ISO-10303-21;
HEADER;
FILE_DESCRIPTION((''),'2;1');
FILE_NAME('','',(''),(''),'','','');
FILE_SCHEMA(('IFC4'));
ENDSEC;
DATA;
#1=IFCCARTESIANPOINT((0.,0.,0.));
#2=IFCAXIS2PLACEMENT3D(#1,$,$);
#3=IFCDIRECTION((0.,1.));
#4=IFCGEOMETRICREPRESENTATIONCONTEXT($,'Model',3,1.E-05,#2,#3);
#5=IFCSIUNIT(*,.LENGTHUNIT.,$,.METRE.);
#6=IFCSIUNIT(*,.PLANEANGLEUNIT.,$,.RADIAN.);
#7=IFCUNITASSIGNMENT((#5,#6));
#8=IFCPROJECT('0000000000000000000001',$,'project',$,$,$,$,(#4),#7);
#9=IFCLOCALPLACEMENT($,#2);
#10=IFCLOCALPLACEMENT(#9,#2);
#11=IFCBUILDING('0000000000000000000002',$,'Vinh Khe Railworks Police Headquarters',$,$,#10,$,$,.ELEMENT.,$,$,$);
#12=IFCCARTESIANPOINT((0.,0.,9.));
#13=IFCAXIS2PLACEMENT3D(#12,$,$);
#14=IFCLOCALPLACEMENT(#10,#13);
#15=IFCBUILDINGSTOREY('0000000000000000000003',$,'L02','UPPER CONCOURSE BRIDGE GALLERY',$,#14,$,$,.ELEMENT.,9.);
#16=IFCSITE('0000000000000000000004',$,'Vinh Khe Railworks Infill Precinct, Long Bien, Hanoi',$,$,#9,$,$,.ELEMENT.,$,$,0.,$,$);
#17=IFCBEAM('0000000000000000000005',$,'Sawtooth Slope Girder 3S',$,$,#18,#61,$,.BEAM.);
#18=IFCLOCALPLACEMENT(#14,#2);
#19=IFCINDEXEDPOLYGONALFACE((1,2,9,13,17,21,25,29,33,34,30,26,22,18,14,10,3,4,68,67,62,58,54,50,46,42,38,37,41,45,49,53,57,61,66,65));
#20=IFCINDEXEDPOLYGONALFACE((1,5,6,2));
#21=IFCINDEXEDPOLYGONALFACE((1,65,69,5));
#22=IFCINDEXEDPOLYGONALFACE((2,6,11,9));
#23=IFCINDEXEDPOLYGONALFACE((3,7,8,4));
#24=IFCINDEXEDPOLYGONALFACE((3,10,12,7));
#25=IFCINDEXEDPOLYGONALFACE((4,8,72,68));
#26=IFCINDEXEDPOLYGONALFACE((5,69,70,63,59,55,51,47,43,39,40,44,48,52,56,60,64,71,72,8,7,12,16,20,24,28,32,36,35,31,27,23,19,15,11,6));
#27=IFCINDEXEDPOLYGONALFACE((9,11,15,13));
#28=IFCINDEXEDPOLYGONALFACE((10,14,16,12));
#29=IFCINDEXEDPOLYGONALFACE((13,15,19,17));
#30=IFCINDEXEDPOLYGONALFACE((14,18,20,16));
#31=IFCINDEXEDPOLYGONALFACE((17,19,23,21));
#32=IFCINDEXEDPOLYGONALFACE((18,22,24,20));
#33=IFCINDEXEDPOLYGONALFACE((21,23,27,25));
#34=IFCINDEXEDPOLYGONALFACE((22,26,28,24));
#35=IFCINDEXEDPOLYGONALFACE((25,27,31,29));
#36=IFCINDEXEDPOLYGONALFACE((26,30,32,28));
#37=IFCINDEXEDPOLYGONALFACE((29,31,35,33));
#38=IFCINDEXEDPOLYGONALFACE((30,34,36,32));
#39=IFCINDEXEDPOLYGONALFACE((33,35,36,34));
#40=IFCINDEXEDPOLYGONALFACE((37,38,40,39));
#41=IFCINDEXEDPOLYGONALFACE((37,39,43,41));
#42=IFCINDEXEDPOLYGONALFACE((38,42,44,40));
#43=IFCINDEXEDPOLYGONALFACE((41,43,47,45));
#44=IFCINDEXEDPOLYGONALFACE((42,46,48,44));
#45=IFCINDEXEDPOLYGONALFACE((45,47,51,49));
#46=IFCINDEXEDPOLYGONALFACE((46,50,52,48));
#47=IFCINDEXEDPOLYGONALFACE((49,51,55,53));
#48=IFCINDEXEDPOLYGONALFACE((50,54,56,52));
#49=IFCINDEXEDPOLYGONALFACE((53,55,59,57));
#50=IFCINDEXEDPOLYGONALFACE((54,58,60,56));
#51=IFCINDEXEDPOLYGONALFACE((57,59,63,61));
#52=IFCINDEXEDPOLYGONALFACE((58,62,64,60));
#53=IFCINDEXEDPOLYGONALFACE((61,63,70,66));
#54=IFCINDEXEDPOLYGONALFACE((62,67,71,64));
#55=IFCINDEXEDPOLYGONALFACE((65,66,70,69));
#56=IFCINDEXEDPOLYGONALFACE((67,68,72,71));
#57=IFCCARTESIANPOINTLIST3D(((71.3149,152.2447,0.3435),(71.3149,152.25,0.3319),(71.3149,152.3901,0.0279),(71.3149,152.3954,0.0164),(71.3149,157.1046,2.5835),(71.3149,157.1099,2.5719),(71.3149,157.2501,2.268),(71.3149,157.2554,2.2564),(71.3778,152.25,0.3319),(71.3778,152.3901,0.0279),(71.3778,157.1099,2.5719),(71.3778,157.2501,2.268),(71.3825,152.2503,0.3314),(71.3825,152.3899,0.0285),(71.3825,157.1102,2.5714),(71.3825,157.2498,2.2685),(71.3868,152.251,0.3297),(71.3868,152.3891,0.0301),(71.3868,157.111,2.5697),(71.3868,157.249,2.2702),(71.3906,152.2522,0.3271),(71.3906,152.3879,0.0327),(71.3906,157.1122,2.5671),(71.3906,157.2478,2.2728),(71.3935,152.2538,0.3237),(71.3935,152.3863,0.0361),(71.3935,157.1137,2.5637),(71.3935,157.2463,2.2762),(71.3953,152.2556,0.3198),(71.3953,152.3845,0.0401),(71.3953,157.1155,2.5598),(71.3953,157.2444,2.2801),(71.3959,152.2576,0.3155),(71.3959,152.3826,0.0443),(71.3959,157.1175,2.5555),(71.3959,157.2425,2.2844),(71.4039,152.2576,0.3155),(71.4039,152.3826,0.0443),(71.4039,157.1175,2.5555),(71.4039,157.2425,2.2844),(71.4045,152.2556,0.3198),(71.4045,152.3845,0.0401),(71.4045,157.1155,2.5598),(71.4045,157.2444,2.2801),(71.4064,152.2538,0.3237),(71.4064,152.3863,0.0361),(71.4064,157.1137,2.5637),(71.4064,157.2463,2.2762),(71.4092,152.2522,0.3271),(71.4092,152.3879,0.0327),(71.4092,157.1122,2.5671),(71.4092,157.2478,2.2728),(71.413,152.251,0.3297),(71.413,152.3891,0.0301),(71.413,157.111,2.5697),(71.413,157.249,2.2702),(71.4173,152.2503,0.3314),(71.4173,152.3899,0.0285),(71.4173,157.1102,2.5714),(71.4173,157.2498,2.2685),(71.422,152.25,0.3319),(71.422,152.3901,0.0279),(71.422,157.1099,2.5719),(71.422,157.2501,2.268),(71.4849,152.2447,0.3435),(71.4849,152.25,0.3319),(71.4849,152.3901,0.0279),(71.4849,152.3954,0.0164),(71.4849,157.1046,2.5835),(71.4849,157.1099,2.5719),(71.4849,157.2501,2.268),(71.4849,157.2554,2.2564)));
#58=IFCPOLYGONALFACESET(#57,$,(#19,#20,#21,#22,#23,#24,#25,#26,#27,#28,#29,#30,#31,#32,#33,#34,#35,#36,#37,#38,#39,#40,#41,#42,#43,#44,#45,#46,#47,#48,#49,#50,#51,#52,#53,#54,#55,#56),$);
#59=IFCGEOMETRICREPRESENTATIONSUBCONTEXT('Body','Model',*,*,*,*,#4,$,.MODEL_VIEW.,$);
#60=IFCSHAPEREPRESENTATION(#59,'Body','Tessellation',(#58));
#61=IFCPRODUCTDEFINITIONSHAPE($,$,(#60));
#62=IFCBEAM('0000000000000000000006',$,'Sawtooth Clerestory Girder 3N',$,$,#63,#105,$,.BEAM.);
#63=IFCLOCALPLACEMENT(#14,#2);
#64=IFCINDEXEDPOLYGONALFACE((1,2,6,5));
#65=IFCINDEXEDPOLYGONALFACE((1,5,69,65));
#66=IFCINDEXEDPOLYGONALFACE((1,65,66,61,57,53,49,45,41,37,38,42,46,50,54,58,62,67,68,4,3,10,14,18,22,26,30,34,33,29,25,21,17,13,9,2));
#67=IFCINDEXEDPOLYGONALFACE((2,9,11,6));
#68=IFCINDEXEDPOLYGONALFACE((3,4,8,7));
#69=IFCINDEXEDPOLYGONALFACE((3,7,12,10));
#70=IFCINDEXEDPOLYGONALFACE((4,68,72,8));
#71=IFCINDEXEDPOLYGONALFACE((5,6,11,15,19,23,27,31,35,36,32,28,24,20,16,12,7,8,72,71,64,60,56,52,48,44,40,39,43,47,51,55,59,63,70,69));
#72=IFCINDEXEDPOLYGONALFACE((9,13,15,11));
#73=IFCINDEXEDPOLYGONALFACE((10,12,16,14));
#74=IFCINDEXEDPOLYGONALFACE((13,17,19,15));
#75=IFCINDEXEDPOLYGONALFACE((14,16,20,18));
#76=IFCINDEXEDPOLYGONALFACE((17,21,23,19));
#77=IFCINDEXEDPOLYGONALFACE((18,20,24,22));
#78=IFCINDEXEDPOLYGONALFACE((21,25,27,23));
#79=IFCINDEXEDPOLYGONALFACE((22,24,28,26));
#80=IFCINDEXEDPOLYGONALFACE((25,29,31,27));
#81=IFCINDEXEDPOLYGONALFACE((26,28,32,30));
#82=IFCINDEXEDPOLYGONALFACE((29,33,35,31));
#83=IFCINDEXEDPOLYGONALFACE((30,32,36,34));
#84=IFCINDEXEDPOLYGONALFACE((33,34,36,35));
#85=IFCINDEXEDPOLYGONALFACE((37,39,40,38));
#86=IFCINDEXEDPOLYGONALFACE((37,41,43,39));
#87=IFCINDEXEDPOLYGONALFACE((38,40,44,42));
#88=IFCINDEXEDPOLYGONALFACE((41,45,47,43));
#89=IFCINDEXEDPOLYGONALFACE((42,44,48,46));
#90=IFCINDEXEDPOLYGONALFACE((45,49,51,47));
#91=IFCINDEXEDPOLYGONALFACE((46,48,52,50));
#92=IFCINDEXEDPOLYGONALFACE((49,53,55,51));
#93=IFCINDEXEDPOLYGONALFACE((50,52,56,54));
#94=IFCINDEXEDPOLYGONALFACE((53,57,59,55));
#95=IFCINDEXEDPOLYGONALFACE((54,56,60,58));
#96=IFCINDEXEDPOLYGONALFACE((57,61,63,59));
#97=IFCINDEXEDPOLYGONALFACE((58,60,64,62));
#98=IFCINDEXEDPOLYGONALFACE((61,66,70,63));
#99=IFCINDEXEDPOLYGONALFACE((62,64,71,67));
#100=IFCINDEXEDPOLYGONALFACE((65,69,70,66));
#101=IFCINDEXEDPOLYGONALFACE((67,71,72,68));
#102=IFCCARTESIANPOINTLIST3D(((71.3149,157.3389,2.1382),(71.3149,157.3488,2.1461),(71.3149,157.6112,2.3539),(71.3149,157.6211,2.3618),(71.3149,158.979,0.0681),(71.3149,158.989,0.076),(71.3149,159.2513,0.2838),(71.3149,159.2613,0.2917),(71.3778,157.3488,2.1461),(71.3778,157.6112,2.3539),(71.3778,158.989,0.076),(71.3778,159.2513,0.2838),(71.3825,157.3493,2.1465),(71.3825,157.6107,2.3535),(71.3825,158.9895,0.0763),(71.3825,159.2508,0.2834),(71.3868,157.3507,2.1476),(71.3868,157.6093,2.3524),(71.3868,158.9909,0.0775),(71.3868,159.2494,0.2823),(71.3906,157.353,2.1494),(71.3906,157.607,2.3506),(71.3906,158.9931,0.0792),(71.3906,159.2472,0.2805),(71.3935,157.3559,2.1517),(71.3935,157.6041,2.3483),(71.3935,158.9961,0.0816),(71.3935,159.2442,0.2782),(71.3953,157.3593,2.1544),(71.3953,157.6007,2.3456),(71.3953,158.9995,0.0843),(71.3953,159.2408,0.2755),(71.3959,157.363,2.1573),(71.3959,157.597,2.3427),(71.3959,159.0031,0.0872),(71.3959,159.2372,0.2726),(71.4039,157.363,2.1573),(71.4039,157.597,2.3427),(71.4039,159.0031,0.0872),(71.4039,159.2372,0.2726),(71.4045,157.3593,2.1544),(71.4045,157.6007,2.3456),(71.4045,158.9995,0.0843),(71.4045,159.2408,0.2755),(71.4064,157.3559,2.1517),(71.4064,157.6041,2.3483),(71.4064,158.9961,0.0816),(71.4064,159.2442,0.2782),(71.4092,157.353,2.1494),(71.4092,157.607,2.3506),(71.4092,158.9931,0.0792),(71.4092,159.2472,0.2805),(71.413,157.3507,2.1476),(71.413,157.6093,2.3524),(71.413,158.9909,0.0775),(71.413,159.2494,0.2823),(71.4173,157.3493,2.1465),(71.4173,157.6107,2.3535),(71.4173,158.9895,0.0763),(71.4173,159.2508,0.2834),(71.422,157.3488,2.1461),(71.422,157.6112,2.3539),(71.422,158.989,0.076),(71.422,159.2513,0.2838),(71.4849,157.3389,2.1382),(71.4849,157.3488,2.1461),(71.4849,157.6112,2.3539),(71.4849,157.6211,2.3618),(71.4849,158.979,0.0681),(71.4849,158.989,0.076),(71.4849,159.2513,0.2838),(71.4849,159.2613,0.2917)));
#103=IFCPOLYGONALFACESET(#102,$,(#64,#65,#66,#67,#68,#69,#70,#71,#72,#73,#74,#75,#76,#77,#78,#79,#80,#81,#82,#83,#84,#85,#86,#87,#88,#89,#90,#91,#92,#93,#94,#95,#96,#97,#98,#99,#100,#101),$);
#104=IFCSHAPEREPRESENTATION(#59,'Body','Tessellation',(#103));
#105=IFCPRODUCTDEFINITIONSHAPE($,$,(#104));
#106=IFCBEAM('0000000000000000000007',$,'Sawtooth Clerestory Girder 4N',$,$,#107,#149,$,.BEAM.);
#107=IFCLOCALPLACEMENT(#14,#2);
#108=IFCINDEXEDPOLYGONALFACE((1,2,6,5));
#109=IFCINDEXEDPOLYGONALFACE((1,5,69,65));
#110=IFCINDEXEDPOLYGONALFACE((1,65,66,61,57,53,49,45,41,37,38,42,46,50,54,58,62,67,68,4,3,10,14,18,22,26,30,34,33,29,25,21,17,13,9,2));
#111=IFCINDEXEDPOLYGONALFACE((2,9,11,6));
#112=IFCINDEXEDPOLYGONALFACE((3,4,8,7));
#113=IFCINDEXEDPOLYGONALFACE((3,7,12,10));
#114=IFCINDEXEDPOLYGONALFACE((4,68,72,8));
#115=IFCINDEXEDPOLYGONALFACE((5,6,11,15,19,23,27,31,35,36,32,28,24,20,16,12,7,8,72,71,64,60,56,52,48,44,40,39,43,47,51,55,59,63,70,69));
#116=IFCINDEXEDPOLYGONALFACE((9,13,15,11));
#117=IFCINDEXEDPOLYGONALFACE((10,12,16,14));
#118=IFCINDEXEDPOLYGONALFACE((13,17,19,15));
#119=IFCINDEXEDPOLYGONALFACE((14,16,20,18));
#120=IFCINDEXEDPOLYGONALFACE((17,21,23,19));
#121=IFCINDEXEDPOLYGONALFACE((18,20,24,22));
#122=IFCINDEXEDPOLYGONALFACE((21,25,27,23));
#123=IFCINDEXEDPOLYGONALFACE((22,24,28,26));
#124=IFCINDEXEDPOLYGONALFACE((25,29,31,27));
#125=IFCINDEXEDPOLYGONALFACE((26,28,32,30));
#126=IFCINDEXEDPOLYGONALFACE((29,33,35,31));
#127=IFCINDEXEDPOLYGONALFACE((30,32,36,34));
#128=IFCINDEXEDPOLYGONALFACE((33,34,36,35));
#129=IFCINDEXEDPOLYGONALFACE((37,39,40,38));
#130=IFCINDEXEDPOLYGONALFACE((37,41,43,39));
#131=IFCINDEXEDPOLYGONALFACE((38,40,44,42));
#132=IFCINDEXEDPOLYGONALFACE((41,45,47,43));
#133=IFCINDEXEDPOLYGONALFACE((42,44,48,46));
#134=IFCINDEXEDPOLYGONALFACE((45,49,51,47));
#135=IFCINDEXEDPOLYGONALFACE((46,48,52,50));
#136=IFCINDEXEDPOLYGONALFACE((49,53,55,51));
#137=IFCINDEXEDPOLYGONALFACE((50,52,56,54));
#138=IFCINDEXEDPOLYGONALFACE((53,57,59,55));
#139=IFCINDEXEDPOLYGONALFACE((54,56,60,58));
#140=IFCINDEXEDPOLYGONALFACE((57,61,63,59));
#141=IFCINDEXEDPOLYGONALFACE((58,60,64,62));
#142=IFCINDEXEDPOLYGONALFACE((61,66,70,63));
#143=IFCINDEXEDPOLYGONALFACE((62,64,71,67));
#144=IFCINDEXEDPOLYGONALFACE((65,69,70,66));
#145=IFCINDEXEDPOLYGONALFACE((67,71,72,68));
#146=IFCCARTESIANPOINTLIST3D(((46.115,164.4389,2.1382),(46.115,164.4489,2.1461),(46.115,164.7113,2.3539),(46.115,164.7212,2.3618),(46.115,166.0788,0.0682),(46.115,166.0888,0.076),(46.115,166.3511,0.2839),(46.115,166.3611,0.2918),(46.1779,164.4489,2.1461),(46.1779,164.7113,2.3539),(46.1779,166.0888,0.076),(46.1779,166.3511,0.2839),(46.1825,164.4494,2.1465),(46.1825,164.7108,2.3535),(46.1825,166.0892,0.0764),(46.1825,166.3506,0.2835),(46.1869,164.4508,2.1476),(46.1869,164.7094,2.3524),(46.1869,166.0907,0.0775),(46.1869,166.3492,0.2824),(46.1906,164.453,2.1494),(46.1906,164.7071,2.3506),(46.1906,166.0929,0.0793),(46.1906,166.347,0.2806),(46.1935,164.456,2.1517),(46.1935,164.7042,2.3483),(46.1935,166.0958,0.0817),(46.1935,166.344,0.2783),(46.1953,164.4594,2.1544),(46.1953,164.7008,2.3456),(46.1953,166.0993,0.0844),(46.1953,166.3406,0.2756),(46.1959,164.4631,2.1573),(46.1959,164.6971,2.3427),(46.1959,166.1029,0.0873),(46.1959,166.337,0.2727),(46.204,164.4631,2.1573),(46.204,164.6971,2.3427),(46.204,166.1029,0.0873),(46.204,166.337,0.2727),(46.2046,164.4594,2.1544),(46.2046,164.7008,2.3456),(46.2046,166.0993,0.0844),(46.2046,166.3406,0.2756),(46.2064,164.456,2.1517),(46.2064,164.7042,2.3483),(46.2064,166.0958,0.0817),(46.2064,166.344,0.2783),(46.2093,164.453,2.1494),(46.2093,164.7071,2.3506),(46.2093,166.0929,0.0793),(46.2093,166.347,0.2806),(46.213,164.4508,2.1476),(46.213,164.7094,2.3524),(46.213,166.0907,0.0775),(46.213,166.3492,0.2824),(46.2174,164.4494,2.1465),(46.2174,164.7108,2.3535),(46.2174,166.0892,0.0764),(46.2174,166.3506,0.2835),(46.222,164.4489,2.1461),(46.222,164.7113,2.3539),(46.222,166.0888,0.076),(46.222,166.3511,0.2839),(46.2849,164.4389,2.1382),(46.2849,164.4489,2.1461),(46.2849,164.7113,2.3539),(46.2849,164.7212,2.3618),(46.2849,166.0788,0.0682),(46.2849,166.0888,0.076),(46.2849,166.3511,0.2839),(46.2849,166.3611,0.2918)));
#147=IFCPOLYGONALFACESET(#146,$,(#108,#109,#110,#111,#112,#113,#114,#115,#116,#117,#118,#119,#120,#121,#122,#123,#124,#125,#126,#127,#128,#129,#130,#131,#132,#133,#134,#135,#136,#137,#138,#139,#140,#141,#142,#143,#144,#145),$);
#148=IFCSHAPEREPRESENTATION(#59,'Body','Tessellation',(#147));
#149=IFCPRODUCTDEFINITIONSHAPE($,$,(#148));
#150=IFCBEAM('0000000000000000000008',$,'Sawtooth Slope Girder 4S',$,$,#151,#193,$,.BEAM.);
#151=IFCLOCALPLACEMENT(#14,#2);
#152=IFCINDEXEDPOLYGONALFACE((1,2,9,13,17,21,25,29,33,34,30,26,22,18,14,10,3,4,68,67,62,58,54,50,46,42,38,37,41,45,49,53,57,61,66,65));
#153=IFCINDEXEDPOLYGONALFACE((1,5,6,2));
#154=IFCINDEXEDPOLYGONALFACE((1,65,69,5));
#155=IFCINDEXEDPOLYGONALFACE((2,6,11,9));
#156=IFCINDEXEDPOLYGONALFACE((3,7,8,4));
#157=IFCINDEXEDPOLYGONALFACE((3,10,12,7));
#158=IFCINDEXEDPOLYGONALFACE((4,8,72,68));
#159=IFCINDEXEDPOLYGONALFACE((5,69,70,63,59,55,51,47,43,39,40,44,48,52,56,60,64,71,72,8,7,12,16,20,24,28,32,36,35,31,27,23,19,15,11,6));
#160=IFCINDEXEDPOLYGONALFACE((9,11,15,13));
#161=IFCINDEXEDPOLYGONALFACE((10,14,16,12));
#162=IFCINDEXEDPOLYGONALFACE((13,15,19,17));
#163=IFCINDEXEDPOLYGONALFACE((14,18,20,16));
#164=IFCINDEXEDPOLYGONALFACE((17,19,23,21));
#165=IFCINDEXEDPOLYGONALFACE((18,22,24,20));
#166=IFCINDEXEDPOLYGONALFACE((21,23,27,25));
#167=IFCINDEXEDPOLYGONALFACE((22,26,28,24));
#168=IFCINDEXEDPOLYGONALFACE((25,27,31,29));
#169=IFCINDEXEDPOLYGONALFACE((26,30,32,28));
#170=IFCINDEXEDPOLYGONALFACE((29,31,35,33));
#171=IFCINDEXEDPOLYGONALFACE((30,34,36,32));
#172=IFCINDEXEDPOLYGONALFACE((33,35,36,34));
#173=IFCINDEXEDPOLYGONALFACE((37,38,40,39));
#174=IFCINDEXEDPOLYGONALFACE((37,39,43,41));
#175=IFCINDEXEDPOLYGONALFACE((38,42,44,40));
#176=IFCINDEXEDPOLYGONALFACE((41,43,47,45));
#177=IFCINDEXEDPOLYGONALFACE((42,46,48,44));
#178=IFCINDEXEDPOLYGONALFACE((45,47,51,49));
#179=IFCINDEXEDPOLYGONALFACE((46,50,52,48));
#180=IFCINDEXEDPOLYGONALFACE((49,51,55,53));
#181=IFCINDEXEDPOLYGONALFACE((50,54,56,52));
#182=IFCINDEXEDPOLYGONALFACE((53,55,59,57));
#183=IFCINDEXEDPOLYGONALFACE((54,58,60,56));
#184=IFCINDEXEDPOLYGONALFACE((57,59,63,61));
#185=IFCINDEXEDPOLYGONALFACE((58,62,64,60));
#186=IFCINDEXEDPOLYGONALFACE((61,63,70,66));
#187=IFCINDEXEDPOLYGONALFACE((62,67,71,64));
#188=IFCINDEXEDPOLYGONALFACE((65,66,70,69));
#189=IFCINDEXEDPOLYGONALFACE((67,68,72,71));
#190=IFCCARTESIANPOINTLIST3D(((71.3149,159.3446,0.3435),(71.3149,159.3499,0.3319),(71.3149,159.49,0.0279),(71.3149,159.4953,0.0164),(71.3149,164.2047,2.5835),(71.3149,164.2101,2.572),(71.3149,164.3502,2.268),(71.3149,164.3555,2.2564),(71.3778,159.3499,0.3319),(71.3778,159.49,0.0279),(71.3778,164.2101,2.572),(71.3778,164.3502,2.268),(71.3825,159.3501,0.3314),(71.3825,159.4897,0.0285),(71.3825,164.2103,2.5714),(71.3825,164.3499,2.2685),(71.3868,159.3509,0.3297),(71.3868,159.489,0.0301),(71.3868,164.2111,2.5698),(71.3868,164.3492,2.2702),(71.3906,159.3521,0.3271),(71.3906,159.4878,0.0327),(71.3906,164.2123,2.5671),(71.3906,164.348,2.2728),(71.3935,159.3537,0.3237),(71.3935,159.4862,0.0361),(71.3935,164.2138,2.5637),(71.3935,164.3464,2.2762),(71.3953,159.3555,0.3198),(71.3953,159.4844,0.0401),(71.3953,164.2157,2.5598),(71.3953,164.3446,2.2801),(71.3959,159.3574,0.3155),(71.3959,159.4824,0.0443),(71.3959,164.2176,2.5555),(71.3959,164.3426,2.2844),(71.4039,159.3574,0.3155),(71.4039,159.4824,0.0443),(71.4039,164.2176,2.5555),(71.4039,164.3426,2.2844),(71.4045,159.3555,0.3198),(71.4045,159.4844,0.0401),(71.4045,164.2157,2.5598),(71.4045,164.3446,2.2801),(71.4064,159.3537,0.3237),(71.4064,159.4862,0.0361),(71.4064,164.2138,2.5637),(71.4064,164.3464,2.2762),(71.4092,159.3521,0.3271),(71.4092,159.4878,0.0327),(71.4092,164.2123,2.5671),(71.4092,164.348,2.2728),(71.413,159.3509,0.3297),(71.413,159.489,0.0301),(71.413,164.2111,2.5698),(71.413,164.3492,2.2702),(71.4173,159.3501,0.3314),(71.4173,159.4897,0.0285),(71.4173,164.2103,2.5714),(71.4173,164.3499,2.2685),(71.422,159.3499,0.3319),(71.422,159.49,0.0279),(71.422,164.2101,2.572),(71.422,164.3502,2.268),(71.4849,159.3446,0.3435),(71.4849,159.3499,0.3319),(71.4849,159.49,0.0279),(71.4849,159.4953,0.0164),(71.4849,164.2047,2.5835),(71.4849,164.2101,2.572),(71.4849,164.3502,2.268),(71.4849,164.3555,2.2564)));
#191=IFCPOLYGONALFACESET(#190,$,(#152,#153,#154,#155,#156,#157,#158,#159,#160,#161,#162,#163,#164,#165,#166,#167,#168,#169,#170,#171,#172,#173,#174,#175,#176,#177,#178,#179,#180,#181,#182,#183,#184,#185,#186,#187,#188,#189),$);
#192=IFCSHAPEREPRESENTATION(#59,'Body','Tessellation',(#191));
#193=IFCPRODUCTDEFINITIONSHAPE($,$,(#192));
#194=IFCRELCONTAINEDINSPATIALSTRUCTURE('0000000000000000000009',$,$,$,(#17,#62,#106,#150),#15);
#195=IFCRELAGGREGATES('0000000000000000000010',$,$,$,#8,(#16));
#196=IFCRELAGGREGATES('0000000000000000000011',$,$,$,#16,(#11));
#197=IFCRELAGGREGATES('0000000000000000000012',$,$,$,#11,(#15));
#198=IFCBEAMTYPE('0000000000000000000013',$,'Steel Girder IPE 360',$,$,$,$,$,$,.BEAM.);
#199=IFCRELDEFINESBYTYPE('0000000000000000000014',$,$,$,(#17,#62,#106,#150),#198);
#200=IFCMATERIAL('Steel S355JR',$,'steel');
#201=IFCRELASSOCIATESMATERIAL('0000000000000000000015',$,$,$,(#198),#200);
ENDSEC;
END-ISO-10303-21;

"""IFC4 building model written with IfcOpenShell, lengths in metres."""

from ifc_helpers import new_model, si_unit, direction, frame, origin, origin_2d, place, context, subcontext, project, spatial, i_section, extrude, material, material_profile, profile_set, type_object, element, save


model = new_model("IFC4")

# Units and contexts
model_context = context("Model", 3, precision=1e-05, world=origin(), true_north=direction((0.0, 1.0)))
body_context = subcontext(model_context, "Body", "Model", "MODEL_VIEW")
ifc_project = project(units=[si_unit("LENGTHUNIT", "METRE"), si_unit("PLANEANGLEUNIT", "RADIAN")], contexts=[model_context])

# Site, building, storey
site_placement = place(None, origin())
site = spatial("IfcSite", under=ifc_project, at=site_placement, Name="Vinh Khe Railworks Infill Precinct, Long Bien, Hanoi", CompositionType="ELEMENT", RefElevation=0.0)
building_placement = place(site_placement, origin())
building = spatial("IfcBuilding", under=site, at=building_placement, Name="Vinh Khe Railworks Police Headquarters", CompositionType="ELEMENT")
storey_placement = place(building_placement, frame((0.0, 0.0, 9.0)))
storey = spatial("IfcBuildingStorey", under=building, at=storey_placement, Name="L02", Description="UPPER CONCOURSE BRIDGE GALLERY", CompositionType="ELEMENT", Elevation=9.0)

# Shared definitions
ifc_material = material(Name="Steel S355JR", Category="steel")

# Beams
ifc_material_profile_1 = material_profile(ifc_material, i_section(OverallWidth=0.1699, OverallDepth=0.3601, WebThickness=0.0081, FlangeThickness=0.0127, FilletRadius=0.0181, at=origin_2d()), Name="IPE 360")
ifc_profile_set_1 = profile_set([ifc_material_profile_1], Name="Steel S355JR")
beam_type = type_object("IfcBeamType", Name="Steel Girder IPE 360", PredefinedType="BEAM", material=ifc_profile_set_1)
beam_1_placement = place(storey_placement, frame((71.3999, 152.3201, 0.1799), z_axis=(0.0, 0.908174, 0.418592), x_axis=(-1.0, 0.0, 0.0)))
element("IfcBeam", 1, at=beam_1_placement, inside=storey, type_object=beam_type, Name="Sawtooth Slope Girder 3S", PredefinedType="BEAM", context=body_context, shape_type="SweptSolid", body=[
    extrude(i_section(OverallWidth=0.1699, OverallDepth=0.3601, WebThickness=0.0081, FlangeThickness=0.0127, FilletRadius=0.0181, at=origin_2d()), origin(), (0.0, 0.0, 1.0), 5.3513),
])
beam_2_placement = place(storey_placement, frame((71.3999, 157.48, 2.25), z_axis=(0.0, 0.621013, -0.7838), x_axis=(-1.0, 0.0, 0.0)))
element("IfcBeam", 2, at=beam_2_placement, inside=storey, type_object=beam_type, Name="Sawtooth Clerestory Girder 3N", PredefinedType="BEAM", context=body_context, shape_type="SweptSolid", body=[
    extrude(i_section(OverallWidth=0.1699, OverallDepth=0.3601, WebThickness=0.0081, FlangeThickness=0.0127, FilletRadius=0.0181, at=origin_2d()), origin(), (0.0, 0.0, 1.0), 2.6411),
])
beam_3_placement = place(storey_placement, frame((46.2, 164.5801, 2.25), z_axis=(0.0, 0.620956, -0.783845), x_axis=(-1.0, 0.0, 0.0)))
element("IfcBeam", 3, at=beam_3_placement, inside=storey, type_object=beam_type, Name="Sawtooth Clerestory Girder 4N", PredefinedType="BEAM", context=body_context, shape_type="SweptSolid", body=[
    extrude(i_section(OverallWidth=0.1699, OverallDepth=0.3601, WebThickness=0.0081, FlangeThickness=0.0127, FilletRadius=0.0181, at=origin_2d()), origin(), (0.0, 0.0, 1.0), 2.6409),
])
beam_4_placement = place(storey_placement, frame((71.3999, 159.4199, 0.1799), z_axis=(0.0, 0.908182, 0.418575), x_axis=(-1.0, 0.0, 0.0)))
element("IfcBeam", 4, at=beam_4_placement, inside=storey, type_object=beam_type, Name="Sawtooth Slope Girder 4S", PredefinedType="BEAM", context=body_context, shape_type="SweptSolid", body=[
    extrude(i_section(OverallWidth=0.1699, OverallDepth=0.3601, WebThickness=0.0081, FlangeThickness=0.0127, FilletRadius=0.0181, at=origin_2d()), origin(), (0.0, 0.0, 1.0), 5.3516),
])

save(model, "model.ifc")
